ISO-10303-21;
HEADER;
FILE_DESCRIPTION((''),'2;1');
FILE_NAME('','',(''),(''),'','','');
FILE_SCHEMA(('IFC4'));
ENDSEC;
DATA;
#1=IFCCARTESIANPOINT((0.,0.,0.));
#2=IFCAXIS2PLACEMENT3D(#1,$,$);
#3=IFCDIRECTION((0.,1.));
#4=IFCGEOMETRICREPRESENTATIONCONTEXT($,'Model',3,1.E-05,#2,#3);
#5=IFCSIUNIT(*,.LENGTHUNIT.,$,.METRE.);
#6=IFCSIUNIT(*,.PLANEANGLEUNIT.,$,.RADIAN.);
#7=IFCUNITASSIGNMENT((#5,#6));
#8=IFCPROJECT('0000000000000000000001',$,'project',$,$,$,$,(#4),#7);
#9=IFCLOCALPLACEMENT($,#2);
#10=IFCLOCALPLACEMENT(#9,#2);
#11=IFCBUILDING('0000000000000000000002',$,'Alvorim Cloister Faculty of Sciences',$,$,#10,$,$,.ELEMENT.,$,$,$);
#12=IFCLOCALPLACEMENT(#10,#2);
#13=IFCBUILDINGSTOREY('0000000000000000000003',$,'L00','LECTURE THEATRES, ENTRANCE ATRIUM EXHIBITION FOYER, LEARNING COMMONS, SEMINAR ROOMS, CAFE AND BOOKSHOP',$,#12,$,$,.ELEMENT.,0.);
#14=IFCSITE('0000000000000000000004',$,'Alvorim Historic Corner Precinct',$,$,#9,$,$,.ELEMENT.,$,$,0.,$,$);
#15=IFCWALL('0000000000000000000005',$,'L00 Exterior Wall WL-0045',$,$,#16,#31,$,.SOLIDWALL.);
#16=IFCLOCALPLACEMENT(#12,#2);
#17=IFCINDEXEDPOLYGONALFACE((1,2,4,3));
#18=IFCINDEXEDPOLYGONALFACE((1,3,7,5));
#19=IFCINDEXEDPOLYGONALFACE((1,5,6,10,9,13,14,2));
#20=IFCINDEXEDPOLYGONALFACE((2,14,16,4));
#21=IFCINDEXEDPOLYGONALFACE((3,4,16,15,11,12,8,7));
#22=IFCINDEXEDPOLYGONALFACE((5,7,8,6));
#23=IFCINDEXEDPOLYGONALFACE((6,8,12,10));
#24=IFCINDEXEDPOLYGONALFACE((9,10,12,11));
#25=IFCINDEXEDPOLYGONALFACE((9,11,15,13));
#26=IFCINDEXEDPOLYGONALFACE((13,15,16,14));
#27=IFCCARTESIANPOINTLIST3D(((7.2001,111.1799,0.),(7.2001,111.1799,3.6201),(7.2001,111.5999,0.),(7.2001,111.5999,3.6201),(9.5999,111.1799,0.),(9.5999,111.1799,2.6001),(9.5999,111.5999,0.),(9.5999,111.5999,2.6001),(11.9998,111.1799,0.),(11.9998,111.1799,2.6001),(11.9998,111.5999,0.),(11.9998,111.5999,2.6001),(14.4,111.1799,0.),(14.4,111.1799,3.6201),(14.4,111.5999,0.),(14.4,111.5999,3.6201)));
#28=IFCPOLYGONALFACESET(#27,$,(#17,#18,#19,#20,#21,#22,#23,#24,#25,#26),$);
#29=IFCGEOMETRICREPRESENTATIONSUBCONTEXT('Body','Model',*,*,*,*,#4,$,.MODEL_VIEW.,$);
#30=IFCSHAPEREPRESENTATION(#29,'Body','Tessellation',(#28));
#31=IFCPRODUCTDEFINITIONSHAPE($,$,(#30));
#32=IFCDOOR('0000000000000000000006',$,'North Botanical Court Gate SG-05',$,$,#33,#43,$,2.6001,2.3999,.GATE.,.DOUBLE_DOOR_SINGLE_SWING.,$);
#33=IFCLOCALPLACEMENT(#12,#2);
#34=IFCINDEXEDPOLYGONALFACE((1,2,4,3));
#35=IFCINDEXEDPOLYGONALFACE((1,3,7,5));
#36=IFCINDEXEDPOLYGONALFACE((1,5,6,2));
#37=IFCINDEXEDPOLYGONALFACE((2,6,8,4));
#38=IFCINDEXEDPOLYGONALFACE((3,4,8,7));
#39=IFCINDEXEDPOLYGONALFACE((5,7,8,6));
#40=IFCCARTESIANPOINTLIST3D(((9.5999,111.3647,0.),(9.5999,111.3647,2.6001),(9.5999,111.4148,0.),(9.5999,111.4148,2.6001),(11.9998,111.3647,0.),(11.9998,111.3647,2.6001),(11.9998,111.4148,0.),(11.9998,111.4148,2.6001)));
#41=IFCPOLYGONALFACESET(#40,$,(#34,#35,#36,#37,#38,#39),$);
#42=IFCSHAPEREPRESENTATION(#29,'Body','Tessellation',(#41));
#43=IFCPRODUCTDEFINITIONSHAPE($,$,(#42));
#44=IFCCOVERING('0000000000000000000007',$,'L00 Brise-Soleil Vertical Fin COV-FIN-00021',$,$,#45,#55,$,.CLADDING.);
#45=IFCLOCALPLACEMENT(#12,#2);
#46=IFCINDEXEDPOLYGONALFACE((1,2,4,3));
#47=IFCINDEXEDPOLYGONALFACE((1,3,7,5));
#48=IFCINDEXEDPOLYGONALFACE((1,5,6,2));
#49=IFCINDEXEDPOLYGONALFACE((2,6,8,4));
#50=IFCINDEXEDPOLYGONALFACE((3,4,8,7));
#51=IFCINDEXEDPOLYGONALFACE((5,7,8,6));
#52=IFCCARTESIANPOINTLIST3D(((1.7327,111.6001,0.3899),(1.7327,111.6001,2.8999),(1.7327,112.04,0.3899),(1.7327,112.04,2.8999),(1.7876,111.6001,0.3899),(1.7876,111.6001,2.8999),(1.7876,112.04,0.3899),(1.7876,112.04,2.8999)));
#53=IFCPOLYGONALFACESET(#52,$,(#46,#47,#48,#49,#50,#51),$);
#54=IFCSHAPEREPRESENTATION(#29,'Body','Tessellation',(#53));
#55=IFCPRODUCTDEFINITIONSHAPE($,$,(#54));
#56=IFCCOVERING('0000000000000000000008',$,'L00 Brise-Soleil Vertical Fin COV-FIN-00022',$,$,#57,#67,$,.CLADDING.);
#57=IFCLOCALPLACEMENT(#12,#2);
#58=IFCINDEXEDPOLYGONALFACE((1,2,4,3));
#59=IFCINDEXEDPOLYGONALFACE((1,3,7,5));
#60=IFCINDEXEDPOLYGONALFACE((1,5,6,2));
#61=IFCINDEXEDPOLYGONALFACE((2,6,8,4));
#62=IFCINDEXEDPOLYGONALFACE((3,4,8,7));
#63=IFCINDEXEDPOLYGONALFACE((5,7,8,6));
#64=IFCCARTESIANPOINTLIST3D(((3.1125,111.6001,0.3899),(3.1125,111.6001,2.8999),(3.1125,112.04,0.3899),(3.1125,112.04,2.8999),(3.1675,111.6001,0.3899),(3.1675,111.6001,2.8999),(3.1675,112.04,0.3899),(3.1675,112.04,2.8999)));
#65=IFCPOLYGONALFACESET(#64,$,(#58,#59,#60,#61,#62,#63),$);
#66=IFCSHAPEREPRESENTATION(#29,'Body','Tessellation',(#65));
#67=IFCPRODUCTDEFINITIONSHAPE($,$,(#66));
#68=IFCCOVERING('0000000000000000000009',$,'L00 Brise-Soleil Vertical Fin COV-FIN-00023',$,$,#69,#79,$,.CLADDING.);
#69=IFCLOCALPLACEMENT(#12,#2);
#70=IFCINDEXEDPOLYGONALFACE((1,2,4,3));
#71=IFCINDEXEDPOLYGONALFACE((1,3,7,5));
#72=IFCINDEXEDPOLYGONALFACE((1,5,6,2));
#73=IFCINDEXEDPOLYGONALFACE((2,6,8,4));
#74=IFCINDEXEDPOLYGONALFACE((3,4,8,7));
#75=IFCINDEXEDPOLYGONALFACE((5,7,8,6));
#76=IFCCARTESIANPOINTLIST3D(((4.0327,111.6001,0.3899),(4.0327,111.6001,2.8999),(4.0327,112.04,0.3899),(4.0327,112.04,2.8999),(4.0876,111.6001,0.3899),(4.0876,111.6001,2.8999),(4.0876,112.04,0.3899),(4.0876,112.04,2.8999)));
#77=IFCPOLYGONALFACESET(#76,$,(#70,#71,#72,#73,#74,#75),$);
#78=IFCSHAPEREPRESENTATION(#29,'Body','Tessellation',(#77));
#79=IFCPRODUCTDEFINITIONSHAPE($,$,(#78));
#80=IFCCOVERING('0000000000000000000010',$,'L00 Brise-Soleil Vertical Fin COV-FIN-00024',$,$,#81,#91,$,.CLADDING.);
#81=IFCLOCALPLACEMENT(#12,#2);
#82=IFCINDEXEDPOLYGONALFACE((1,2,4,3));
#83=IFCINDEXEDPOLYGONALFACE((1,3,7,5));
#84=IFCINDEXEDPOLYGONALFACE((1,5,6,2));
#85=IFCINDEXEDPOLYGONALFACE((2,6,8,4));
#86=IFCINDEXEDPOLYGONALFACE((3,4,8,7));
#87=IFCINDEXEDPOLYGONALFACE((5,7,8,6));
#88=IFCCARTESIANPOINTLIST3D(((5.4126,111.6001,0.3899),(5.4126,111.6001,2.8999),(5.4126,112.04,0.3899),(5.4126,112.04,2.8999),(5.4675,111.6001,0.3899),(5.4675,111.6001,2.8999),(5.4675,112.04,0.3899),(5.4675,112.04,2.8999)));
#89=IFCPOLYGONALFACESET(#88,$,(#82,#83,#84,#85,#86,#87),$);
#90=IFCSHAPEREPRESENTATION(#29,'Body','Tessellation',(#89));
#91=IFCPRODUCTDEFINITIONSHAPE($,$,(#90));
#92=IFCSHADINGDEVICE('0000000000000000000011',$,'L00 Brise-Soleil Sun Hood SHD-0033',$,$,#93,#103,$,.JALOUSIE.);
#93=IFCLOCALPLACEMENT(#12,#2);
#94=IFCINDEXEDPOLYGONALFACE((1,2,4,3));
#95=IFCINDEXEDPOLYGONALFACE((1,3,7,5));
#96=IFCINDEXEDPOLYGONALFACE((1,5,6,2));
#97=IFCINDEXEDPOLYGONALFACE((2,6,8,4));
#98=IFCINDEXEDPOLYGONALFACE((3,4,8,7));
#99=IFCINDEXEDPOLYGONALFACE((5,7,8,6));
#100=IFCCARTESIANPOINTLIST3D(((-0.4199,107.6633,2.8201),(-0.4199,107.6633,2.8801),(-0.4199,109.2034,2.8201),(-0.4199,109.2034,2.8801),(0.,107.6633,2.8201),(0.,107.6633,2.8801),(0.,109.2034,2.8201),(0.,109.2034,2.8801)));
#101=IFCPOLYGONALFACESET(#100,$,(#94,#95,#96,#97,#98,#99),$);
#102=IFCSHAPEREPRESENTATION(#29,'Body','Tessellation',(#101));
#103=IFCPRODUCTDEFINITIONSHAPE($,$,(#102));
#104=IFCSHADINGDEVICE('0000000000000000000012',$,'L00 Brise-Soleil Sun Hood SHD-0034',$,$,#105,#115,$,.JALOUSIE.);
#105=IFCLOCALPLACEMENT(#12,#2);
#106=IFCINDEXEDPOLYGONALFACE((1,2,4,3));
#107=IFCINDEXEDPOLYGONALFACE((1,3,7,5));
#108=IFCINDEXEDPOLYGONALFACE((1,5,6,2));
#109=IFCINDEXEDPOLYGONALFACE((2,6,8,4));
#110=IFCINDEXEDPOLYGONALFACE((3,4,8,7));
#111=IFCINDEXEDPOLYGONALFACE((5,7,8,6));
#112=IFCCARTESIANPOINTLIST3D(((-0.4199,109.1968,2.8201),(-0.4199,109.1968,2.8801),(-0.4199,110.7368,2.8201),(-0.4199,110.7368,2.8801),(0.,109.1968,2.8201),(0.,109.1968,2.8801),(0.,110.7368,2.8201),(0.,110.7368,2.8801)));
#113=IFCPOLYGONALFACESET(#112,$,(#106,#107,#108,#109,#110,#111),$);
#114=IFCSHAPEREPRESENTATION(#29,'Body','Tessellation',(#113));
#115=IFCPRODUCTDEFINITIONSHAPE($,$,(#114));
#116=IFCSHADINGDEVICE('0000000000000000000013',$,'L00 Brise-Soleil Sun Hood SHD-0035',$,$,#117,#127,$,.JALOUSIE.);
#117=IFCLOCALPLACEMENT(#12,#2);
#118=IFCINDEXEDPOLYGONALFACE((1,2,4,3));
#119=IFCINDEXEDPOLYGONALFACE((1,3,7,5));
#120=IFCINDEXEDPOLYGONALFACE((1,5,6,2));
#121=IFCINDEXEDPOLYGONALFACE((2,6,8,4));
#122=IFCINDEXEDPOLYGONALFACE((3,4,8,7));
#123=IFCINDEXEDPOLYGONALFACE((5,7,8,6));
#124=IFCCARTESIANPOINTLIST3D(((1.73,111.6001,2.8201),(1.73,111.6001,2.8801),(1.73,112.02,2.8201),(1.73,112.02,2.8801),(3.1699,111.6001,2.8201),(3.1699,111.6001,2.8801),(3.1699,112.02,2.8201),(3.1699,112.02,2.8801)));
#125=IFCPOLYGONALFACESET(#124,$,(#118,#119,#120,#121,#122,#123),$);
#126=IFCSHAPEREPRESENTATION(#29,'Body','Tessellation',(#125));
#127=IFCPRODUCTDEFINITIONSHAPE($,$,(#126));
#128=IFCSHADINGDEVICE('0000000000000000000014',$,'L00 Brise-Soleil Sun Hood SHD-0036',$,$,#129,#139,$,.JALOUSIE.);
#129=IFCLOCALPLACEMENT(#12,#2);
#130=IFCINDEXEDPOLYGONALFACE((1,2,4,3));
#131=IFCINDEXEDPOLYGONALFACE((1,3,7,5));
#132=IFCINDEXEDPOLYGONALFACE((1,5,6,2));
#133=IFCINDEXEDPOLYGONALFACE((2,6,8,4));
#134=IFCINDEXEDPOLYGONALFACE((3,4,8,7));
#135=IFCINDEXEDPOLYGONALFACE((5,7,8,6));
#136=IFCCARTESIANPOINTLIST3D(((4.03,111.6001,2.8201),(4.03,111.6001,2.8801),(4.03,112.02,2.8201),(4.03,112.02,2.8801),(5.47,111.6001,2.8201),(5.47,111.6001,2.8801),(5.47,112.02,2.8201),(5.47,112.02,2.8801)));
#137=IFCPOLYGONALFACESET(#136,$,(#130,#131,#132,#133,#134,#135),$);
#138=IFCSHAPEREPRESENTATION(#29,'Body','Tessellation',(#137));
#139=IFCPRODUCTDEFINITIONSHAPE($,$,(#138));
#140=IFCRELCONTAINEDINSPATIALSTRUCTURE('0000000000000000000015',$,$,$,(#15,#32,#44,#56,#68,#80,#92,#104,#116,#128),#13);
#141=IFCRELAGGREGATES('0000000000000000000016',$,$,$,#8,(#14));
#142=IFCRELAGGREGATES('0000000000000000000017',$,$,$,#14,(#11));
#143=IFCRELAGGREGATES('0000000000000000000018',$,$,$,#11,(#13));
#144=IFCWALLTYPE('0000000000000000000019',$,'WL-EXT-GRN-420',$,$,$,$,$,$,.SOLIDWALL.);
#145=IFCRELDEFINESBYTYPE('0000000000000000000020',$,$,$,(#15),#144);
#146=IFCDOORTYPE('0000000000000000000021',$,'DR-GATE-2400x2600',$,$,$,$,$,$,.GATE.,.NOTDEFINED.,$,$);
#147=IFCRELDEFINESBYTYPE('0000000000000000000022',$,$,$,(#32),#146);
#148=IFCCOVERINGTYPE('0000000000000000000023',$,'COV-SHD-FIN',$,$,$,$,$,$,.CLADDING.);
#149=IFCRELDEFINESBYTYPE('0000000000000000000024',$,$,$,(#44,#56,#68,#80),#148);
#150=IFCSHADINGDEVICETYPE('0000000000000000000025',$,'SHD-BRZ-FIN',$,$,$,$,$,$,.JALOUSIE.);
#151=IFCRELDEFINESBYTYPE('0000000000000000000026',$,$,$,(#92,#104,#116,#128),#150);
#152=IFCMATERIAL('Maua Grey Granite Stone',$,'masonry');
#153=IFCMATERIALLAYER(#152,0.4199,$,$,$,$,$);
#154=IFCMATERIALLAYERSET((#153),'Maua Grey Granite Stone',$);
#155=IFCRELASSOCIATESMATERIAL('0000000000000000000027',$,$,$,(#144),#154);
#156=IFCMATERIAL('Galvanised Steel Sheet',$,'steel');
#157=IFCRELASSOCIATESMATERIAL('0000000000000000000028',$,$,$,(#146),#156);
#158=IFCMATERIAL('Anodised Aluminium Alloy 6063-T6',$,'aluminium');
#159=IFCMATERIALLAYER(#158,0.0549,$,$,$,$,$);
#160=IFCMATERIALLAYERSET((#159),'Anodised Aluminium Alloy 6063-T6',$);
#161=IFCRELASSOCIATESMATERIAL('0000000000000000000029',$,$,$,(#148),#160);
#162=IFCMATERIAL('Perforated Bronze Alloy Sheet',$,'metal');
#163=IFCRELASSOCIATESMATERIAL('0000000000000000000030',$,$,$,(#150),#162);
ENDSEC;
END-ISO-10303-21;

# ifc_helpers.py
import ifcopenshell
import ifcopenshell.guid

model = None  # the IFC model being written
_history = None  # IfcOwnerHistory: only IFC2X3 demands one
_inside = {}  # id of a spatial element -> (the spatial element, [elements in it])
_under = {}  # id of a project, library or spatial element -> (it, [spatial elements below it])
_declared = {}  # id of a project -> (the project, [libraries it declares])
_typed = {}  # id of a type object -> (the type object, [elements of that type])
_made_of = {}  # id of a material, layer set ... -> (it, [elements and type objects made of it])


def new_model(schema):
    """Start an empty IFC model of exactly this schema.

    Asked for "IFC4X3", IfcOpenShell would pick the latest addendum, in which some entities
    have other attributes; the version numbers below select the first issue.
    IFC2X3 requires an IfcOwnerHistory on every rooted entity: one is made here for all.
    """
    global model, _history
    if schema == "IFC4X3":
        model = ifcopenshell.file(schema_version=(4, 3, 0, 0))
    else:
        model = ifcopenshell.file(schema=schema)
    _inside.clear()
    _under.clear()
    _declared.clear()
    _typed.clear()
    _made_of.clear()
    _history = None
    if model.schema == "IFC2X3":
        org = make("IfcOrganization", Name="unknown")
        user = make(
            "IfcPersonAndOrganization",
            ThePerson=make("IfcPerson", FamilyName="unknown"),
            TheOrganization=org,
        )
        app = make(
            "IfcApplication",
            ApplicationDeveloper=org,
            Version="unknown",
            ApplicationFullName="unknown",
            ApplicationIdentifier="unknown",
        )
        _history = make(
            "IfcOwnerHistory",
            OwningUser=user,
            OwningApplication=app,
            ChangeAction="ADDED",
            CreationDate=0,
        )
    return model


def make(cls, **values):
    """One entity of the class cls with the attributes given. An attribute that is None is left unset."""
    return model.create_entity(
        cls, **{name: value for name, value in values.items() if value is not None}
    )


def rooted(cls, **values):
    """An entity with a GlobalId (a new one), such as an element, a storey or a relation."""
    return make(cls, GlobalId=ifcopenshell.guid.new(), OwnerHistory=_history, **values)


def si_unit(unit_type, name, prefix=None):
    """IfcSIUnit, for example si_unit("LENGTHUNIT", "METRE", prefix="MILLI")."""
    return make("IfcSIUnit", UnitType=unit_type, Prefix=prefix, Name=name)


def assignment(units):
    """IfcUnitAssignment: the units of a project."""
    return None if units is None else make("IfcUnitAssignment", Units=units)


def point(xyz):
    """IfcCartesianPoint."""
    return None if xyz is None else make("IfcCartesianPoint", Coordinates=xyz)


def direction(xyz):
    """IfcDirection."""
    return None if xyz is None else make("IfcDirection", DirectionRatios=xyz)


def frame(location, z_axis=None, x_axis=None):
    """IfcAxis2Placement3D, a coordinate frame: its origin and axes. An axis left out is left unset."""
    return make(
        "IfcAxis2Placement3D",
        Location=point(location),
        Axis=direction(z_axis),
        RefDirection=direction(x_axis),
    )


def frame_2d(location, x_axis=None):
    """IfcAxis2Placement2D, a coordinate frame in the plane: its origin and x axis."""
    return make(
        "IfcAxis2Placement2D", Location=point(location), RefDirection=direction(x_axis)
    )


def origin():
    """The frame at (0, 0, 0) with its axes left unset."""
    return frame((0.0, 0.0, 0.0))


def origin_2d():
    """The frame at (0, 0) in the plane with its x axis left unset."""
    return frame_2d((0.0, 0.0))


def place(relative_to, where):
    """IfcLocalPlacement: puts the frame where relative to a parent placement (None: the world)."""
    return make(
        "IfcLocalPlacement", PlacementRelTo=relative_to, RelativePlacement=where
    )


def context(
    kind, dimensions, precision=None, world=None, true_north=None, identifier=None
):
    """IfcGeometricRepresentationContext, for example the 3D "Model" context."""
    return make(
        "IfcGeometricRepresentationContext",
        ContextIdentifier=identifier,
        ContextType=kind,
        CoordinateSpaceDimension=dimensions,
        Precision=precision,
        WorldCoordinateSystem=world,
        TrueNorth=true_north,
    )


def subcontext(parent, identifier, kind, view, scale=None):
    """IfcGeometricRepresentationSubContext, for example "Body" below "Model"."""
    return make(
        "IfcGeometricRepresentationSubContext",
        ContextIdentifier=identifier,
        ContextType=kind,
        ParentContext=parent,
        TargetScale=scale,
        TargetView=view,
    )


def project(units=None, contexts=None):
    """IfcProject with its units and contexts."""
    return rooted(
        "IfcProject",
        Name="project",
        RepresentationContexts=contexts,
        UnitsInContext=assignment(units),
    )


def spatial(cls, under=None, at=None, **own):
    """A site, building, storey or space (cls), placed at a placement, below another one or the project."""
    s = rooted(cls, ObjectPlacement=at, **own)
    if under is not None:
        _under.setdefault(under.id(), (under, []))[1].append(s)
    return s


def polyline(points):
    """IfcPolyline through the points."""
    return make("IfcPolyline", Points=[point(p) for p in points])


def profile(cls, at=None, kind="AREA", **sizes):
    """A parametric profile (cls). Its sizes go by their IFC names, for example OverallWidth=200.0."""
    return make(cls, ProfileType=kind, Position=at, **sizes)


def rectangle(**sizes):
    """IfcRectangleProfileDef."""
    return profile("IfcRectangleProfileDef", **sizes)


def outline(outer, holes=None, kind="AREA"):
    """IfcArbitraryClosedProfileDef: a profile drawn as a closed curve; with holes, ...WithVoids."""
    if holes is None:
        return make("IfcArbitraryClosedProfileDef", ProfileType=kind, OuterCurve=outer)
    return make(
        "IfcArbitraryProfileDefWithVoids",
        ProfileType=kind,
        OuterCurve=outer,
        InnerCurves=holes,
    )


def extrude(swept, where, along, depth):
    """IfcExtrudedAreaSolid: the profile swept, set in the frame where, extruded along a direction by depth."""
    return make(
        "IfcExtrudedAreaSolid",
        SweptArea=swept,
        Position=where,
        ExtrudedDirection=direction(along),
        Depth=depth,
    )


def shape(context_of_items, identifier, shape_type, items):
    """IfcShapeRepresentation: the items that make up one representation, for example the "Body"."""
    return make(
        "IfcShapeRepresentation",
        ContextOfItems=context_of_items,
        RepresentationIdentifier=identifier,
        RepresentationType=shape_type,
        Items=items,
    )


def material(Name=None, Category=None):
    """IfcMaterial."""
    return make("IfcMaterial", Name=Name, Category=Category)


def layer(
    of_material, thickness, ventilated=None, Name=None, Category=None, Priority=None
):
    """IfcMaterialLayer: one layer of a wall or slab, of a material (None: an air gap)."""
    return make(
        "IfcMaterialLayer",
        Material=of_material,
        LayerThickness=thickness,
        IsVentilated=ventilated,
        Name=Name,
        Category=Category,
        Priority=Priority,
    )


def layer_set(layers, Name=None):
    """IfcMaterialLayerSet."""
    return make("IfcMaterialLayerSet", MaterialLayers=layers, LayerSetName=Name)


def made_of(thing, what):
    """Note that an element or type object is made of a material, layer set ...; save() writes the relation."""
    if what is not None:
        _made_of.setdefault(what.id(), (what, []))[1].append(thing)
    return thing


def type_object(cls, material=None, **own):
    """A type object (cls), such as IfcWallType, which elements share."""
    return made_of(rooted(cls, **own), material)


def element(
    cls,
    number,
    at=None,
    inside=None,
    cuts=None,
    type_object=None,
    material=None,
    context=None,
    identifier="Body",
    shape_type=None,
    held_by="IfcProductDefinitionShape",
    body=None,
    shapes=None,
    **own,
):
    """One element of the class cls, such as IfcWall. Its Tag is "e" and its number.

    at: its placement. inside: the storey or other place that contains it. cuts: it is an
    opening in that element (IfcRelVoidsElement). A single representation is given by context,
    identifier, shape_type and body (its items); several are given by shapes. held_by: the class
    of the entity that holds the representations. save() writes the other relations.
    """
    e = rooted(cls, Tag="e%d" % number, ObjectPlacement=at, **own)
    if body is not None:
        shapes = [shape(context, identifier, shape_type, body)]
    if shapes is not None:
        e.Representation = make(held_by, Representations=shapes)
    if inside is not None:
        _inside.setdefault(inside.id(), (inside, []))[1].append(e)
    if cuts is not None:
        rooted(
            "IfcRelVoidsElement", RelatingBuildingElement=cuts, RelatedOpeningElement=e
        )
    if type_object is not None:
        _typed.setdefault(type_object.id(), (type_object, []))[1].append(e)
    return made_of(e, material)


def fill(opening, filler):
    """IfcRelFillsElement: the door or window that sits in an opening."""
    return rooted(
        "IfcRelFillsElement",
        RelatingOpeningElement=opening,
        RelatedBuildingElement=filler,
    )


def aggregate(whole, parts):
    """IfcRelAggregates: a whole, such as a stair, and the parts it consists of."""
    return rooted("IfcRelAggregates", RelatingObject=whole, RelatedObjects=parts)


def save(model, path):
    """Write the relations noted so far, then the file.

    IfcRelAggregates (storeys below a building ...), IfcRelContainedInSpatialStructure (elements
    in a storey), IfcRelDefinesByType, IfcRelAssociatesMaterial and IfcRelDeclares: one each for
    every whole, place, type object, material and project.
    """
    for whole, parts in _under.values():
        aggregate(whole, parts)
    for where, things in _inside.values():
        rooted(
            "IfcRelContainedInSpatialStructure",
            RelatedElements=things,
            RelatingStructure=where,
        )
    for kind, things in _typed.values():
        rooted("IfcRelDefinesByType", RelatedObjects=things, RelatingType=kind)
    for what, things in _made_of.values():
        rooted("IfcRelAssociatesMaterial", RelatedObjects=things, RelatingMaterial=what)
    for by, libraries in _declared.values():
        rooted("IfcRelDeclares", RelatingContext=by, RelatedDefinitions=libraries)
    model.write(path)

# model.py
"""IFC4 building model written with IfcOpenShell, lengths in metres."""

from ifc_helpers import new_model, si_unit, direction, frame, frame_2d, origin, origin_2d, place, context, subcontext, project, spatial, polyline, rectangle, outline, extrude, material, layer, layer_set, type_object, element, fill, save


model = new_model("IFC4")

# Units and contexts
model_context = context("Model", 3, precision=1e-05, world=origin(), true_north=direction((0.0, 1.0)))
body_context = subcontext(model_context, "Body", "Model", "MODEL_VIEW")
ifc_project = project(units=[si_unit("LENGTHUNIT", "METRE"), si_unit("PLANEANGLEUNIT", "RADIAN")], contexts=[model_context])

# Site, building, storey
site_placement = place(None, origin())
site = spatial("IfcSite", under=ifc_project, at=site_placement, Name="Alvorim Historic Corner Precinct", CompositionType="ELEMENT", RefElevation=0.0)
building_placement = place(site_placement, origin())
building = spatial("IfcBuilding", under=site, at=building_placement, Name="Alvorim Cloister Faculty of Sciences", CompositionType="ELEMENT")
storey_placement = place(building_placement, origin())
storey = spatial("IfcBuildingStorey", under=building, at=storey_placement, Name="L00", Description="LECTURE THEATRES, ENTRANCE ATRIUM EXHIBITION FOYER, LEARNING COMMONS, SEMINAR ROOMS, CAFE AND BOOKSHOP", CompositionType="ELEMENT", Elevation=0.0)

# Shared definitions
ifc_material_1 = material(Name="Maua Grey Granite Stone", Category="masonry")
ifc_layer_1 = layer(ifc_material_1, 0.4199)
ifc_layer_set_1 = layer_set([ifc_layer_1], Name="Maua Grey Granite Stone")
wall_type = type_object("IfcWallType", Name="WL-EXT-GRN-420", PredefinedType="SOLIDWALL", material=ifc_layer_set_1)

# Wall, opening, door
wall_1_placement = place(storey_placement, frame((7.2, 111.3899, 0.0), z_axis=(0.0, 0.0, 1.0), x_axis=(1.0, 0.0, 0.0)))
wall_1 = element("IfcWall", 1, at=wall_1_placement, inside=storey, type_object=wall_type, Name="L00 Exterior Wall WL-0045", PredefinedType="SOLIDWALL", context=body_context, shape_type="SweptSolid", body=[
    extrude(rectangle(XDim=7.2, YDim=0.4199, at=frame_2d((3.6001, 0.0))), origin(), (0.0, 0.0, 1.0), 3.6201),
])
opening_1_placement = place(wall_1_placement, frame((2.3999, 0.0, 0.0)))
opening_1 = element("IfcOpeningElement", 2, at=opening_1_placement, cuts=wall_1, PredefinedType="OPENING", context=body_context, shape_type="SweptSolid", body=[
    extrude(rectangle(XDim=2.3999, YDim=2.6001, at=frame_2d((1.2, 1.3))), frame((0.0, 0.2219, 0.0), z_axis=(0.0, -1.0, 0.0), x_axis=(1.0, 0.0, 0.0)), (0.0, 0.0, 1.0), 0.4438),
])
ifc_material_2 = material(Name="Galvanised Steel Sheet", Category="steel")
door_type = type_object("IfcDoorType", Name="DR-GATE-2400x2600", OperationType="NOTDEFINED", PredefinedType="GATE", material=ifc_material_2)
door_placement = place(opening_1_placement, origin())
door = element("IfcDoor", 3, at=door_placement, inside=storey, type_object=door_type, Name="North Botanical Court Gate SG-05", OperationType="DOUBLE_DOOR_SINGLE_SWING", OverallHeight=2.6001, OverallWidth=2.3999, PredefinedType="GATE", context=body_context, shape_type="SweptSolid", body=[
    extrude(rectangle(XDim=2.3999, YDim=2.6001, at=frame_2d((1.2, 1.3))), frame((0.0, 0.0249, 0.0), z_axis=(0.0, -1.0, 0.0), x_axis=(1.0, 0.0, 0.0)), (0.0, 0.0, 1.0), 0.05),
])
fill(opening_1, door)

# Coverings
ifc_material_3 = material(Name="Anodised Aluminium Alloy 6063-T6", Category="aluminium")
ifc_layer_2 = layer(ifc_material_3, 0.0549)
ifc_layer_set_2 = layer_set([ifc_layer_2], Name="Anodised Aluminium Alloy 6063-T6")
covering_type = type_object("IfcCoveringType", Name="COV-SHD-FIN", PredefinedType="CLADDING", material=ifc_layer_set_2)
for number, where, z_axis, x_axis, name in (
    (4, (1.76, 111.6001, 0.3899), (0.0, 0.0, 1.0), (0.0, 1.0, 0.0), "L00 Brise-Soleil Vertical Fin COV-FIN-00021"),
    (5, (3.1399, 111.6001, 0.3899), (0.0, 0.0, 1.0), (0.0, 1.0, 0.0), "L00 Brise-Soleil Vertical Fin COV-FIN-00022"),
    (6, (4.0601, 111.6001, 0.3899), (0.0, 0.0, 1.0), (0.0, 1.0, 0.0), "L00 Brise-Soleil Vertical Fin COV-FIN-00023"),
    (7, (5.4399, 111.6001, 0.3899), (0.0, 0.0, 1.0), (0.0, 1.0, 0.0), "L00 Brise-Soleil Vertical Fin COV-FIN-00024"),
):
    element("IfcCovering", number, at=place(storey_placement, frame(where, z_axis=z_axis, x_axis=x_axis)), inside=storey, type_object=covering_type, Name=name, PredefinedType="CLADDING", context=body_context, shape_type="SweptSolid", body=[
        extrude(outline(polyline([(0.0, 0.0), (0.4399, 0.0), (0.4399, 2.51), (0.0, 2.51), (0.0, 0.0)])), frame((0.0, 0.0273, 0.0), z_axis=(0.0, -1.0, 0.0), x_axis=(1.0, 0.0, 0.0)), (0.0, 0.0, 1.0), 0.0549),
    ])

# Shading devices
ifc_material_4 = material(Name="Perforated Bronze Alloy Sheet", Category="metal")
shading_device_type = type_object("IfcShadingDeviceType", Name="SHD-BRZ-FIN", PredefinedType="JALOUSIE", material=ifc_material_4)
for number, where, z_axis, x_axis, name in (
    (8, (-0.21, 108.4333, 2.8201), (0.0, 0.0, 1.0), (1.0, 0.0, 0.0), "L00 Brise-Soleil Sun Hood SHD-0033"),
    (9, (-0.21, 109.9668, 2.8201), (0.0, 0.0, 1.0), (1.0, 0.0, 0.0), "L00 Brise-Soleil Sun Hood SHD-0034"),
):
    element("IfcShadingDevice", number, at=place(storey_placement, frame(where, z_axis=z_axis, x_axis=x_axis)), inside=storey, type_object=shading_device_type, Name=name, PredefinedType="JALOUSIE", context=body_context, shape_type="SweptSolid", body=[
        extrude(rectangle(XDim=0.4199, YDim=1.54, at=origin_2d()), origin(), (0.0, 0.0, 1.0), 0.0601),
    ])
for number, where, z_axis, x_axis, name in (
    (10, (2.45, 111.8101, 2.8201), (0.0, 0.0, 1.0), (1.0, 0.0, 0.0), "L00 Brise-Soleil Sun Hood SHD-0035"),
    (11, (4.75, 111.8101, 2.8201), (0.0, 0.0, 1.0), (1.0, 0.0, 0.0), "L00 Brise-Soleil Sun Hood SHD-0036"),
):
    element("IfcShadingDevice", number, at=place(storey_placement, frame(where, z_axis=z_axis, x_axis=x_axis)), inside=storey, type_object=shading_device_type, Name=name, PredefinedType="JALOUSIE", context=body_context, shape_type="SweptSolid", body=[
        extrude(rectangle(XDim=1.4399, YDim=0.4199, at=origin_2d()), origin(), (0.0, 0.0, 1.0), 0.0601),
    ])

save(model, "model.ifc")
